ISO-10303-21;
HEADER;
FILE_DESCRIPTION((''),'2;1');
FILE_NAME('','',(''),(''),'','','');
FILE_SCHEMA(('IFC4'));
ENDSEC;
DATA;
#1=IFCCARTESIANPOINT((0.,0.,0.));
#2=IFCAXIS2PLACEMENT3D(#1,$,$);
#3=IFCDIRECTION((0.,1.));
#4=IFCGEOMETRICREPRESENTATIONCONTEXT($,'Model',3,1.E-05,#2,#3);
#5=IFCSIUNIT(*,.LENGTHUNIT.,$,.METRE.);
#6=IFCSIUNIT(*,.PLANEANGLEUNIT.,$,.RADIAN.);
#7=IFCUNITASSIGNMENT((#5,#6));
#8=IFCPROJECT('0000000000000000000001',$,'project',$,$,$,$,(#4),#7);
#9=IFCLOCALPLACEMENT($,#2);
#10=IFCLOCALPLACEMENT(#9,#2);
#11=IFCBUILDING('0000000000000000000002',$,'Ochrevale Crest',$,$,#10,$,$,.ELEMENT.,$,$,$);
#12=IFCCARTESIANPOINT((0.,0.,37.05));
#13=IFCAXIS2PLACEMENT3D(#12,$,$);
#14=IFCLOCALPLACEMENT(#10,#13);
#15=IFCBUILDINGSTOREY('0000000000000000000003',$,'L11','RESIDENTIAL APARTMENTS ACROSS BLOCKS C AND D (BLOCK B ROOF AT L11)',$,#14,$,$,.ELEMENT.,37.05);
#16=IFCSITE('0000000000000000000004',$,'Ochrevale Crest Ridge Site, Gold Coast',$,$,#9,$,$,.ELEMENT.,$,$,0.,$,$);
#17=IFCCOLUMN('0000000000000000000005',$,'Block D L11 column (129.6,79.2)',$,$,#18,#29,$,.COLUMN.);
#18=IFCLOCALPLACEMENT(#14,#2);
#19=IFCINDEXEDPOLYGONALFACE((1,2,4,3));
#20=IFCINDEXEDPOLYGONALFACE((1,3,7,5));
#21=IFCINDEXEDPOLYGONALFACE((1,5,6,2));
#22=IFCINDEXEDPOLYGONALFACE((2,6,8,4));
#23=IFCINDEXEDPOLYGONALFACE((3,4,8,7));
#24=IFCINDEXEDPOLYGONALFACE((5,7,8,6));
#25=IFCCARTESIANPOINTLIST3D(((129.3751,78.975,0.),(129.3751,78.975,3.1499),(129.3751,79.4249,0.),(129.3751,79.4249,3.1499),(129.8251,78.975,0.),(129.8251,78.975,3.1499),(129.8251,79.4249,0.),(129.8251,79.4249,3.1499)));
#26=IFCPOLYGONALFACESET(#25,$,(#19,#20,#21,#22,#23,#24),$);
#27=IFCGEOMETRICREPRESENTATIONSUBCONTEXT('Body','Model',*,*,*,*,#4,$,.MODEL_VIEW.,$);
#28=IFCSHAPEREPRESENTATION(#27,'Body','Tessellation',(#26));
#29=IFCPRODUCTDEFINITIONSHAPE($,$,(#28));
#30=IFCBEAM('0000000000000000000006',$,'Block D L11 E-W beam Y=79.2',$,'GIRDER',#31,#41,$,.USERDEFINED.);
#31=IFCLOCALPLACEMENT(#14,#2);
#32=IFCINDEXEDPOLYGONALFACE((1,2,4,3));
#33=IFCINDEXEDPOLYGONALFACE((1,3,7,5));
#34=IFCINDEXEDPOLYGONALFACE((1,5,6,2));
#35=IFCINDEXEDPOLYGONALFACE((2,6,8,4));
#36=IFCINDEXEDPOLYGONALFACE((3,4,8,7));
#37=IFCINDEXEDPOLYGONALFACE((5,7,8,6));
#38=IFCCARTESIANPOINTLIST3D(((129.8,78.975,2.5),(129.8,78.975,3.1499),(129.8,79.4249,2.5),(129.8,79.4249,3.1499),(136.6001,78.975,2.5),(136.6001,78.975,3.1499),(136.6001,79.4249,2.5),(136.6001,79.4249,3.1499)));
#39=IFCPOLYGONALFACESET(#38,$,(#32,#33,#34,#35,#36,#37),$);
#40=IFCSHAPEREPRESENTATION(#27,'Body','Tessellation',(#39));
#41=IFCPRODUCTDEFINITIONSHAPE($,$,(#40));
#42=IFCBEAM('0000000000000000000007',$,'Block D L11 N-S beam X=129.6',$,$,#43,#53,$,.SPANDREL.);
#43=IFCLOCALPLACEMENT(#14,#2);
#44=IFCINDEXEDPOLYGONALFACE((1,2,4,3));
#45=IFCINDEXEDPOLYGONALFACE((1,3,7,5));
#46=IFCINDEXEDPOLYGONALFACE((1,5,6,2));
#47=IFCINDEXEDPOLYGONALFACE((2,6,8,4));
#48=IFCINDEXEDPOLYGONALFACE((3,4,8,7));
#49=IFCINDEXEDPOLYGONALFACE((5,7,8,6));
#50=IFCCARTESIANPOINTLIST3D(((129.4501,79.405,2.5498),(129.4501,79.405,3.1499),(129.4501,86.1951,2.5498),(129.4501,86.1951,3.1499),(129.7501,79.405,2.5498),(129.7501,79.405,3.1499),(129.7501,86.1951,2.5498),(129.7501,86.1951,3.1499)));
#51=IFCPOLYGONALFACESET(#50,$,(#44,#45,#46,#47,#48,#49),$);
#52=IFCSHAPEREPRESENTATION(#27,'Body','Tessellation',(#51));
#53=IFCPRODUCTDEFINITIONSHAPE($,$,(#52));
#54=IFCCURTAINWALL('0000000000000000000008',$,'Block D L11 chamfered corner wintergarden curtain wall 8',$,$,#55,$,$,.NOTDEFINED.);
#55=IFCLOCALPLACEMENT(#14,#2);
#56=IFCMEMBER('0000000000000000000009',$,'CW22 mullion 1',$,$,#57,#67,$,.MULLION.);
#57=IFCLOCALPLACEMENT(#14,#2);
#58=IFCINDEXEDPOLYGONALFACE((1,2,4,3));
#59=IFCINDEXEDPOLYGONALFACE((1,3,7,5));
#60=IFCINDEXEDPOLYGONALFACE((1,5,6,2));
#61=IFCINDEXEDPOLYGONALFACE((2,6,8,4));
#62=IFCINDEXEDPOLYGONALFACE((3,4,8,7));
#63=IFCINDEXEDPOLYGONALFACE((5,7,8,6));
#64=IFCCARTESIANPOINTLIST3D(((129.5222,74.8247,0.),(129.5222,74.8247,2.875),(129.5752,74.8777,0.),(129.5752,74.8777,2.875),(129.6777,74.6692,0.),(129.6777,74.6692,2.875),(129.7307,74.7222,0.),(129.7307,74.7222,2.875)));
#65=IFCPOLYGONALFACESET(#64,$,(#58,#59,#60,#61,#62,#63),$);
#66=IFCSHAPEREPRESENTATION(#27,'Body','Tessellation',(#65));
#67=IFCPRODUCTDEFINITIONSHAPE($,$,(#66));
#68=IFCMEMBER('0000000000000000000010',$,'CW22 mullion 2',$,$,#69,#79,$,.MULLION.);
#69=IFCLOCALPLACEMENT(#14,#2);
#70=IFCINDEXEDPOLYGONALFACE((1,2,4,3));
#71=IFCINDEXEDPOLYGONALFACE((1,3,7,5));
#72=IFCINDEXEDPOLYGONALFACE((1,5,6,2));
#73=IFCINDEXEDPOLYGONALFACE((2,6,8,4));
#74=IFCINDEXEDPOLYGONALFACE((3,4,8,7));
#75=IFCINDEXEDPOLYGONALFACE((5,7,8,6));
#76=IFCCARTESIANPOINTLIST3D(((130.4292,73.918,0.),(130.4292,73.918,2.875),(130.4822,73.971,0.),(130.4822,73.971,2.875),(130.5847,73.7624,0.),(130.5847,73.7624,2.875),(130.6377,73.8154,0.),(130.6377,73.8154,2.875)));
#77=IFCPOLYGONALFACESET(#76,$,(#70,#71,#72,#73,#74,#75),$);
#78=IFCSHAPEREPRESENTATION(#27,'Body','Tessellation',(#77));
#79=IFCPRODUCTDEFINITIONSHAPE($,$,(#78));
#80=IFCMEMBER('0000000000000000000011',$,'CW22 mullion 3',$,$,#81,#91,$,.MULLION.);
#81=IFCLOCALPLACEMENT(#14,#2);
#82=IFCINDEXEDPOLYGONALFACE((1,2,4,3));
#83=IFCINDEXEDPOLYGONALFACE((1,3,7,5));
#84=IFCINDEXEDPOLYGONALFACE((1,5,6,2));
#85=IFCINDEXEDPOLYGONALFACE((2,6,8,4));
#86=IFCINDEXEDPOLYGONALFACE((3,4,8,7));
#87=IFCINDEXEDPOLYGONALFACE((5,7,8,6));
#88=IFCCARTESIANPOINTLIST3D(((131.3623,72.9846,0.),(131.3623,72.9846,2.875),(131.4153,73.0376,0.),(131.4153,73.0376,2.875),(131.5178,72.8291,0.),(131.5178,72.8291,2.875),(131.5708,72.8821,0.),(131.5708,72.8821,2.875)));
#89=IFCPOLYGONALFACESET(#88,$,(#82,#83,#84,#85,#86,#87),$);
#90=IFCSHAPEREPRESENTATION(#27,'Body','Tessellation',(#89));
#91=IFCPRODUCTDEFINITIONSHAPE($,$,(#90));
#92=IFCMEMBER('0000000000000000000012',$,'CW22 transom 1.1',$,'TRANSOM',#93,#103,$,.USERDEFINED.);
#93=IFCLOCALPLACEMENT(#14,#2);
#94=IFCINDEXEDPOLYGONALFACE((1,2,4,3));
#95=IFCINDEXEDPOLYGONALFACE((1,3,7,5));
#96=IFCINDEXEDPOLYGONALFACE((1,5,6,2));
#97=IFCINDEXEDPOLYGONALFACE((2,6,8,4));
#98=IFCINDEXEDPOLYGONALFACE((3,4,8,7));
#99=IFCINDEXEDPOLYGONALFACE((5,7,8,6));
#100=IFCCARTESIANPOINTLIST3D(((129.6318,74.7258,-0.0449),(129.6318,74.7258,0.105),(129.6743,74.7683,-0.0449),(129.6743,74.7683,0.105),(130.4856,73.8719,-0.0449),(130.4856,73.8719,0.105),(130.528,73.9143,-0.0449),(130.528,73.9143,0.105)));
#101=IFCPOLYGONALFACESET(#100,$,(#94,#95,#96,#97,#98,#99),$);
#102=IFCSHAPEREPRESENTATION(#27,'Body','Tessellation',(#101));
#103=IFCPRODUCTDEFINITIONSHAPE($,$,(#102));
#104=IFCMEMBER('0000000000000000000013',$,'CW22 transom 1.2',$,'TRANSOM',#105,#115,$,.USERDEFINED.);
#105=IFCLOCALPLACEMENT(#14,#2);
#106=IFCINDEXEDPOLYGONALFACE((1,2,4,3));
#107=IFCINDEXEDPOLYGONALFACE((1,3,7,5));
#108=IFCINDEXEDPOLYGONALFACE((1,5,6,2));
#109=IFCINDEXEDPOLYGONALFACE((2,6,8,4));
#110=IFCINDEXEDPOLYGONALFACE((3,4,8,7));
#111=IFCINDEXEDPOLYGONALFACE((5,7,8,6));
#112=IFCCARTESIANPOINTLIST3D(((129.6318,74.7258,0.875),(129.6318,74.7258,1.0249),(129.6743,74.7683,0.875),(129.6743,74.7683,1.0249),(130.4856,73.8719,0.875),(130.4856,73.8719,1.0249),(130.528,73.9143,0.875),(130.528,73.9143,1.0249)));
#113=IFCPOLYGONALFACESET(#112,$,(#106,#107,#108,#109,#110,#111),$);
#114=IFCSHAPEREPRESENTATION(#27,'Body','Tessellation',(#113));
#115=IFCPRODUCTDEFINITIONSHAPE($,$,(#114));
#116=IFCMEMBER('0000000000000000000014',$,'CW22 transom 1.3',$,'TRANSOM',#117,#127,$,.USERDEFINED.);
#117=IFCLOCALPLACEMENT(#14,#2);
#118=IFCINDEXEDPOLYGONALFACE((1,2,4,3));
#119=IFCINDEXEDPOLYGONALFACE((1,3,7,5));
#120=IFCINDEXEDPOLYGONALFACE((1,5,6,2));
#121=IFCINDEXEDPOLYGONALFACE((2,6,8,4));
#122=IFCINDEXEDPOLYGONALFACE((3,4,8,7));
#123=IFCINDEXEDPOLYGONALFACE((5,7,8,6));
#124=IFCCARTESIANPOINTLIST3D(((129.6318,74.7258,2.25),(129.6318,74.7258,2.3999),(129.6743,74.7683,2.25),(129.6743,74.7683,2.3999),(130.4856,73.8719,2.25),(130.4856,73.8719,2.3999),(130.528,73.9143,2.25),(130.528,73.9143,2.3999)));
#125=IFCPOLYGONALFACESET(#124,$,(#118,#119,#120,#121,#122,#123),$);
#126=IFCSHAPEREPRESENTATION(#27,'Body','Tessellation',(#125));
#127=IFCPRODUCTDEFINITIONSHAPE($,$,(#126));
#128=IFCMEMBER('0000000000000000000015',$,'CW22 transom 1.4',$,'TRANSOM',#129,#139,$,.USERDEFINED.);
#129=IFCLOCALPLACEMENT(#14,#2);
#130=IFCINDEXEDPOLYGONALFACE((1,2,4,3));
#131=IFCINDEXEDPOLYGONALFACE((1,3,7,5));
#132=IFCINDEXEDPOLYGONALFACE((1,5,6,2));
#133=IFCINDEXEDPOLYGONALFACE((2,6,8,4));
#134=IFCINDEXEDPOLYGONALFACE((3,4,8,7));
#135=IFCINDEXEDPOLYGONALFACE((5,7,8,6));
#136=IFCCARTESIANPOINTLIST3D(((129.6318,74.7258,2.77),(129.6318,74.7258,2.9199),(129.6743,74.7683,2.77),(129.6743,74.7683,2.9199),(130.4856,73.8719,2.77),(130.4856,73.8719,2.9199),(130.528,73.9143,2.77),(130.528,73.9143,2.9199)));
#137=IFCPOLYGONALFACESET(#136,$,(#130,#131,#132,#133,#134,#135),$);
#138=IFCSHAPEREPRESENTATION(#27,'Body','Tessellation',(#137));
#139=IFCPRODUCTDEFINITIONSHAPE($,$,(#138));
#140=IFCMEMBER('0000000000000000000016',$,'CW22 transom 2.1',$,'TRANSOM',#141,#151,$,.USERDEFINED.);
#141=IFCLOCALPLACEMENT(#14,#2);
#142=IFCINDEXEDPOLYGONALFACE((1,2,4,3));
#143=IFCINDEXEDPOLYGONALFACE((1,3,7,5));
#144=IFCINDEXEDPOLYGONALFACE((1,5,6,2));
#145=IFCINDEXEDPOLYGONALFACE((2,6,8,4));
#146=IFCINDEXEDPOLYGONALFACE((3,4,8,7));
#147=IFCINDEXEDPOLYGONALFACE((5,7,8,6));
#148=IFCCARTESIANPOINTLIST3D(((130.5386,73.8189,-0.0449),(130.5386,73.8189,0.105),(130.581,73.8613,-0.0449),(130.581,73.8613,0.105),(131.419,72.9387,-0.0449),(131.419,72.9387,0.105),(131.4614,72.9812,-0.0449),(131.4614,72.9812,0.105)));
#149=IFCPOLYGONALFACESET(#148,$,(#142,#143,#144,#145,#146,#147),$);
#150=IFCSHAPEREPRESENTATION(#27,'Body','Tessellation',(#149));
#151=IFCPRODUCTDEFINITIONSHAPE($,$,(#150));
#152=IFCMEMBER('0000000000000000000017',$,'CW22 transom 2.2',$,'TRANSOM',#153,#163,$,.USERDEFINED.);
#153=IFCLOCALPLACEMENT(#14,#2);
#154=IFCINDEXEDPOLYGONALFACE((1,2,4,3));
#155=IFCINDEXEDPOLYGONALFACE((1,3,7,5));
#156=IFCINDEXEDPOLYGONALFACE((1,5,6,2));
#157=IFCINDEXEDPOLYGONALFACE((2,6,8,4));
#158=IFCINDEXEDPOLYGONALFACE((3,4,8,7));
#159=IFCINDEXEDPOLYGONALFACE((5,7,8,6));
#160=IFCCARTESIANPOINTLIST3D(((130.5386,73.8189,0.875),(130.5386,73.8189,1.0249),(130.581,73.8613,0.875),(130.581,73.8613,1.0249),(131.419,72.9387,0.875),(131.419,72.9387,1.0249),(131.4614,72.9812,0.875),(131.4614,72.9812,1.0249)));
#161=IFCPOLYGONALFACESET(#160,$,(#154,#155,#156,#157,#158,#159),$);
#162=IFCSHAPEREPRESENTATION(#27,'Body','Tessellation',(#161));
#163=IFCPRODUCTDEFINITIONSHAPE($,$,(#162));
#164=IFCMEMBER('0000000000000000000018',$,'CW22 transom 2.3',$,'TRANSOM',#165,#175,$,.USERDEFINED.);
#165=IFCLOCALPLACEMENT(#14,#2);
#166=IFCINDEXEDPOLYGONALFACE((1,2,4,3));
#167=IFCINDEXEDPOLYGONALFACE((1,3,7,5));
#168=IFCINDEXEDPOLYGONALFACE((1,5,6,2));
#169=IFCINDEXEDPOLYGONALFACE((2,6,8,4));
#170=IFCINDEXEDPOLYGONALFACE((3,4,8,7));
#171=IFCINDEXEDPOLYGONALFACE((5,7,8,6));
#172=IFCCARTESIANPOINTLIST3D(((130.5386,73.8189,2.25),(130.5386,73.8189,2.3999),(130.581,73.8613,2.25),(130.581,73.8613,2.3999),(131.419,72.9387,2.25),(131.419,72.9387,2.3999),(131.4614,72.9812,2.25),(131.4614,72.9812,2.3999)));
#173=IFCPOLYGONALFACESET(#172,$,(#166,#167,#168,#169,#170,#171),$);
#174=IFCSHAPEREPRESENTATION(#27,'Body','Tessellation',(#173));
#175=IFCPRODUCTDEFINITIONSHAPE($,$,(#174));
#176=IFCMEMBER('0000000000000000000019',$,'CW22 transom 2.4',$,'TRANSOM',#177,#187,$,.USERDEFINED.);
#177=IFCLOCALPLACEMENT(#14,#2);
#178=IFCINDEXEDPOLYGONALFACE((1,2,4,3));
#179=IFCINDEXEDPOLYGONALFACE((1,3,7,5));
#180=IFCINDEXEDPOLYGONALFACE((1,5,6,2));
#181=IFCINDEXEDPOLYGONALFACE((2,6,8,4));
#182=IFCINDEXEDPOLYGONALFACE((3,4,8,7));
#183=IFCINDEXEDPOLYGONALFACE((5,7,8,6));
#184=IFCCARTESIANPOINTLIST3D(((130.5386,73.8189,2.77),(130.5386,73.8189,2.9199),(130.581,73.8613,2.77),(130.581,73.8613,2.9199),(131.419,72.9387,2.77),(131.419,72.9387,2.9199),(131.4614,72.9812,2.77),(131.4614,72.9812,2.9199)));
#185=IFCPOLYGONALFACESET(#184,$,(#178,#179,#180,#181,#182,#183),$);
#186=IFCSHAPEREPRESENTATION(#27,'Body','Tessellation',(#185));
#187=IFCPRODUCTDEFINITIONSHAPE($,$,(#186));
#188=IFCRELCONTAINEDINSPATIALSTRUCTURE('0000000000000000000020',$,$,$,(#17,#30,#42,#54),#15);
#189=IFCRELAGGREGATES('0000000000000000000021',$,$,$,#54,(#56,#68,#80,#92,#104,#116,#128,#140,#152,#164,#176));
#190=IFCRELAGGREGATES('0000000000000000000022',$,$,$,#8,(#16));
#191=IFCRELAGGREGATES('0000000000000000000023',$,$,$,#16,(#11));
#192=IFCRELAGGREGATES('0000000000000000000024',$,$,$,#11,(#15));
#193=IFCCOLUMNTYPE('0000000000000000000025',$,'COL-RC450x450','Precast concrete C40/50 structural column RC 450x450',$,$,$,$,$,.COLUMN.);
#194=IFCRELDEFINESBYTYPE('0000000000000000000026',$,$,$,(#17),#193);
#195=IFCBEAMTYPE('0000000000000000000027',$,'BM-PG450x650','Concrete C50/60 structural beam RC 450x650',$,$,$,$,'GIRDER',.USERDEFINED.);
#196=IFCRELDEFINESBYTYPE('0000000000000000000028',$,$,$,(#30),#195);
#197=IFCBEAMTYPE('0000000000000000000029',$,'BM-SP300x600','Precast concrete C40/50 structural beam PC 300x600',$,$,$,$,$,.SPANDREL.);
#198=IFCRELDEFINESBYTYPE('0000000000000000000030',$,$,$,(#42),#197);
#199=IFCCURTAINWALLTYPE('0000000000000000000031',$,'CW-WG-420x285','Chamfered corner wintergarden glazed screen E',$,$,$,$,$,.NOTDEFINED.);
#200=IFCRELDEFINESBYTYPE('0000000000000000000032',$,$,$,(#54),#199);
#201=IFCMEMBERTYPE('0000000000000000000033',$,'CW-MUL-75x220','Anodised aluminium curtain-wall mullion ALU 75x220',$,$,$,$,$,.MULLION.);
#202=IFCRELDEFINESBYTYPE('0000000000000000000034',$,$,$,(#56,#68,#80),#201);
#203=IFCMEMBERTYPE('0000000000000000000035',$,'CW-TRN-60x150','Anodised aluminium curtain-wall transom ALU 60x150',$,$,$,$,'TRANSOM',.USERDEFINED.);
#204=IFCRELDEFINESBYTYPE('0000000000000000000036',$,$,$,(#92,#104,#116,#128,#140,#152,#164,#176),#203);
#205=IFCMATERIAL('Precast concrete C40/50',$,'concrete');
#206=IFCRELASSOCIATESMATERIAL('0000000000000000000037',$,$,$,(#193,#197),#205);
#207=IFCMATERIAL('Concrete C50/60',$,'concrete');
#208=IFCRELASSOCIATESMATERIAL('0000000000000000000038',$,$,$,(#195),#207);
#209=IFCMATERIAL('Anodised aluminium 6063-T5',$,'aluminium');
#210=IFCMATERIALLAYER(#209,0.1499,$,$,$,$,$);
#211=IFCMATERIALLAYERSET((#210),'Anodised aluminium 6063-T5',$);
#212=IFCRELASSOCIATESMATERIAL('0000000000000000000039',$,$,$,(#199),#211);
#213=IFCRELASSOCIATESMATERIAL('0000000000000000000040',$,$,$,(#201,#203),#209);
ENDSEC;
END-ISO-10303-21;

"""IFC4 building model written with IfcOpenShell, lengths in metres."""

from ifc_helpers import new_model, si_unit, direction, frame, origin, origin_2d, place, context, subcontext, project, spatial, rectangle, extrude, material, layer, layer_set, material_profile, profile_set, type_object, element, aggregate, save


model = new_model("IFC4")

# Units and contexts
model_context = context("Model", 3, precision=1e-05, world=origin(), true_north=direction((0.0, 1.0)))
body_context = subcontext(model_context, "Body", "Model", "MODEL_VIEW")
ifc_project = project(units=[si_unit("LENGTHUNIT", "METRE"), si_unit("PLANEANGLEUNIT", "RADIAN")], contexts=[model_context])

# Site, building, storey
site_placement = place(None, origin())
site = spatial("IfcSite", under=ifc_project, at=site_placement, Name="Ochrevale Crest Ridge Site, Gold Coast", CompositionType="ELEMENT", RefElevation=0.0)
building_placement = place(site_placement, origin())
building = spatial("IfcBuilding", under=site, at=building_placement, Name="Ochrevale Crest", CompositionType="ELEMENT")
storey_placement = place(building_placement, frame((0.0, 0.0, 37.05)))
storey = spatial("IfcBuildingStorey", under=building, at=storey_placement, Name="L11", Description="RESIDENTIAL APARTMENTS ACROSS BLOCKS C AND D (BLOCK B ROOF AT L11)", CompositionType="ELEMENT", Elevation=37.05)

# Column
ifc_material_1 = material(Name="Precast concrete C40/50", Category="concrete")
ifc_material_profile_1 = material_profile(ifc_material_1, rectangle(XDim=0.45, YDim=0.45, at=origin_2d()), Name="RC 450x450")
ifc_profile_set_1 = profile_set([ifc_material_profile_1], Name="Precast concrete C40/50")
column_type = type_object("IfcColumnType", Name="COL-RC450x450", Description="Precast concrete C40/50 structural column RC 450x450", PredefinedType="COLUMN", material=ifc_profile_set_1)
column_placement = place(storey_placement, frame((129.6001, 79.2, 0.0), z_axis=(0.0, 0.0, 1.0), x_axis=(1.0, 0.0, 0.0)))
element("IfcColumn", 1, at=column_placement, inside=storey, type_object=column_type, Name="Block D L11 column (129.6,79.2)", PredefinedType="COLUMN", context=body_context, shape_type="SweptSolid", body=[
    extrude(rectangle(XDim=0.45, YDim=0.45, at=origin_2d()), origin(), (0.0, 0.0, 1.0), 3.1499),
])

# Beams
ifc_material_2 = material(Name="Concrete C50/60", Category="concrete")
ifc_material_profile_2 = material_profile(ifc_material_2, rectangle(XDim=0.45, YDim=0.6499, at=origin_2d()), Name="RC 450x650")
ifc_profile_set_2 = profile_set([ifc_material_profile_2], Name="Concrete C50/60")
beam_type_1 = type_object("IfcBeamType", Name="BM-PG450x650", Description="Concrete C50/60 structural beam RC 450x650", ElementType="GIRDER", PredefinedType="USERDEFINED", material=ifc_profile_set_2)
beam_1_placement = place(storey_placement, frame((129.8, 79.2, 2.825), z_axis=(1.0, 0.0, 0.0), x_axis=(0.0, 1.0, 0.0)))
element("IfcBeam", 2, at=beam_1_placement, inside=storey, type_object=beam_type_1, Name="Block D L11 E-W beam Y=79.2", ObjectType="GIRDER", PredefinedType="USERDEFINED", context=body_context, shape_type="SweptSolid", body=[
    extrude(rectangle(XDim=0.45, YDim=0.6499, at=origin_2d()), origin(), (0.0, 0.0, 1.0), 6.8),
])
ifc_material_profile_3 = material_profile(ifc_material_1, rectangle(XDim=0.3, YDim=0.6001, at=origin_2d()), Name="PC 300x600")
ifc_profile_set_3 = profile_set([ifc_material_profile_3], Name="Precast concrete C40/50")
beam_type_2 = type_object("IfcBeamType", Name="BM-SP300x600", Description="Precast concrete C40/50 structural beam PC 300x600", PredefinedType="SPANDREL", material=ifc_profile_set_3)
beam_2_placement = place(storey_placement, frame((129.6001, 79.405, 2.8499), z_axis=(0.0, 1.0, 0.0), x_axis=(-1.0, 0.0, 0.0)))
element("IfcBeam", 3, at=beam_2_placement, inside=storey, type_object=beam_type_2, Name="Block D L11 N-S beam X=129.6", PredefinedType="SPANDREL", context=body_context, shape_type="SweptSolid", body=[
    extrude(rectangle(XDim=0.3, YDim=0.6001, at=origin_2d()), origin(), (0.0, 0.0, 1.0), 6.79),
])

# Curtain wall, members
ifc_material_3 = material(Name="Anodised aluminium 6063-T5", Category="aluminium")
ifc_layer_1 = layer(ifc_material_3, 0.1499)
ifc_layer_set_1 = layer_set([ifc_layer_1], Name="Anodised aluminium 6063-T5")
curtain_wall_type = type_object("IfcCurtainWallType", Name="CW-WG-420x285", Description="Chamfered corner wintergarden glazed screen E", PredefinedType="NOTDEFINED", material=ifc_layer_set_1)
curtain_wall_placement = place(storey_placement, origin())
curtain_wall = element("IfcCurtainWall", 4, at=curtain_wall_placement, inside=storey, type_object=curtain_wall_type, Name="Block D L11 chamfered corner wintergarden curtain wall 8", PredefinedType="NOTDEFINED")
ifc_material_profile_4 = material_profile(ifc_material_3, rectangle(XDim=0.075, YDim=0.22, at=origin_2d()), Name="ALU 75x220")
ifc_profile_set_4 = profile_set([ifc_material_profile_4], Name="Anodised aluminium 6063-T5")
member_type_1 = type_object("IfcMemberType", Name="CW-MUL-75x220", Description="Anodised aluminium curtain-wall mullion ALU 75x220", PredefinedType="MULLION", material=ifc_profile_set_4)
member_1_placement = place(storey_placement, frame((129.6265, 74.7734, 0.0), z_axis=(0.0, 0.0, 1.0), x_axis=(0.707107, 0.707107, 0.0)))
member_1 = element("IfcMember", 5, at=member_1_placement, type_object=member_type_1, Name="CW22 mullion 1", PredefinedType="MULLION", context=body_context, shape_type="SweptSolid", body=[
    extrude(rectangle(XDim=0.075, YDim=0.22, at=origin_2d()), origin(), (0.0, 0.0, 1.0), 2.875),
])
member_2_placement = place(storey_placement, frame((130.5334, 73.8667, 0.0), z_axis=(0.0, 0.0, 1.0), x_axis=(0.707107, 0.707107, 0.0)))
member_2 = element("IfcMember", 6, at=member_2_placement, type_object=member_type_1, Name="CW22 mullion 2", PredefinedType="MULLION", context=body_context, shape_type="SweptSolid", body=[
    extrude(rectangle(XDim=0.075, YDim=0.22, at=origin_2d()), origin(), (0.0, 0.0, 1.0), 2.875),
])
member_3_placement = place(storey_placement, frame((131.4666, 72.9333, 0.0), z_axis=(0.0, 0.0, 1.0), x_axis=(0.707107, 0.707107, 0.0)))
member_3 = element("IfcMember", 7, at=member_3_placement, type_object=member_type_1, Name="CW22 mullion 3", PredefinedType="MULLION", context=body_context, shape_type="SweptSolid", body=[
    extrude(rectangle(XDim=0.075, YDim=0.22, at=origin_2d()), origin(), (0.0, 0.0, 1.0), 2.875),
])
ifc_material_profile_5 = material_profile(ifc_material_3, rectangle(XDim=0.0601, YDim=0.1499, at=origin_2d()), Name="ALU 60x150")
ifc_profile_set_5 = profile_set([ifc_material_profile_5], Name="Anodised aluminium 6063-T5")
member_type_2 = type_object("IfcMemberType", Name="CW-TRN-60x150", Description="Anodised aluminium curtain-wall transom ALU 60x150", ElementType="TRANSOM", PredefinedType="USERDEFINED", material=ifc_profile_set_5)
member_4_placement = place(storey_placement, frame((129.6531, 74.7471, 0.03), z_axis=(0.707006, -0.707208, 0.0), x_axis=(0.707208, 0.707006, 0.0)))
member_4 = element("IfcMember", 8, at=member_4_placement, type_object=member_type_2, Name="CW22 transom 1.1", ObjectType="TRANSOM", PredefinedType="USERDEFINED", context=body_context, shape_type="SweptSolid", body=[
    extrude(rectangle(XDim=0.0601, YDim=0.1499, at=origin_2d()), origin(), (0.0, 0.0, 1.0), 1.2075),
])
member_5_placement = place(storey_placement, frame((129.6531, 74.7471, 0.95), z_axis=(0.707006, -0.707208, 0.0), x_axis=(0.707208, 0.707006, 0.0)))
member_5 = element("IfcMember", 9, at=member_5_placement, type_object=member_type_2, Name="CW22 transom 1.2", ObjectType="TRANSOM", PredefinedType="USERDEFINED", context=body_context, shape_type="SweptSolid", body=[
    extrude(rectangle(XDim=0.0601, YDim=0.1499, at=origin_2d()), origin(), (0.0, 0.0, 1.0), 1.2075),
])
member_6_placement = place(storey_placement, frame((129.6531, 74.7471, 2.325), z_axis=(0.707006, -0.707208, 0.0), x_axis=(0.707208, 0.707006, 0.0)))
member_6 = element("IfcMember", 10, at=member_6_placement, type_object=member_type_2, Name="CW22 transom 1.3", ObjectType="TRANSOM", PredefinedType="USERDEFINED", context=body_context, shape_type="SweptSolid", body=[
    extrude(rectangle(XDim=0.0601, YDim=0.1499, at=origin_2d()), origin(), (0.0, 0.0, 1.0), 1.2075),
])
member_7_placement = place(storey_placement, frame((129.6531, 74.7471, 2.845), z_axis=(0.707006, -0.707208, 0.0), x_axis=(0.707208, 0.707006, 0.0)))
member_7 = element("IfcMember", 11, at=member_7_placement, type_object=member_type_2, Name="CW22 transom 1.4", ObjectType="TRANSOM", PredefinedType="USERDEFINED", context=body_context, shape_type="SweptSolid", body=[
    extrude(rectangle(XDim=0.0601, YDim=0.1499, at=origin_2d()), origin(), (0.0, 0.0, 1.0), 1.2075),
])
member_8_placement = place(storey_placement, frame((130.5598, 73.8401, 0.03), z_axis=(0.707205, -0.707009, 0.0), x_axis=(0.707009, 0.707205, 0.0)))
member_8 = element("IfcMember", 12, at=member_8_placement, type_object=member_type_2, Name="CW22 transom 2.1", ObjectType="TRANSOM", PredefinedType="USERDEFINED", context=body_context, shape_type="SweptSolid", body=[
    extrude(rectangle(XDim=0.0601, YDim=0.1499, at=origin_2d()), origin(), (0.0, 0.0, 1.0), 1.2449),
])
member_9_placement = place(storey_placement, frame((130.5598, 73.8401, 0.95), z_axis=(0.707205, -0.707009, 0.0), x_axis=(0.707009, 0.707205, 0.0)))
member_9 = element("IfcMember", 13, at=member_9_placement, type_object=member_type_2, Name="CW22 transom 2.2", ObjectType="TRANSOM", PredefinedType="USERDEFINED", context=body_context, shape_type="SweptSolid", body=[
    extrude(rectangle(XDim=0.0601, YDim=0.1499, at=origin_2d()), origin(), (0.0, 0.0, 1.0), 1.2449),
])
member_10_placement = place(storey_placement, frame((130.5598, 73.8401, 2.325), z_axis=(0.707205, -0.707009, 0.0), x_axis=(0.707009, 0.707205, 0.0)))
member_10 = element("IfcMember", 14, at=member_10_placement, type_object=member_type_2, Name="CW22 transom 2.3", ObjectType="TRANSOM", PredefinedType="USERDEFINED", context=body_context, shape_type="SweptSolid", body=[
    extrude(rectangle(XDim=0.0601, YDim=0.1499, at=origin_2d()), origin(), (0.0, 0.0, 1.0), 1.2449),
])
member_11_placement = place(storey_placement, frame((130.5598, 73.8401, 2.845), z_axis=(0.707205, -0.707009, 0.0), x_axis=(0.707009, 0.707205, 0.0)))
member_11 = element("IfcMember", 15, at=member_11_placement, type_object=member_type_2, Name="CW22 transom 2.4", ObjectType="TRANSOM", PredefinedType="USERDEFINED", context=body_context, shape_type="SweptSolid", body=[
    extrude(rectangle(XDim=0.0601, YDim=0.1499, at=origin_2d()), origin(), (0.0, 0.0, 1.0), 1.2449),
])
aggregate(curtain_wall, [member_1, member_2, member_3, member_4, member_5, member_6, member_7, member_8, member_9, member_10, member_11])

save(model, "model.ifc")
